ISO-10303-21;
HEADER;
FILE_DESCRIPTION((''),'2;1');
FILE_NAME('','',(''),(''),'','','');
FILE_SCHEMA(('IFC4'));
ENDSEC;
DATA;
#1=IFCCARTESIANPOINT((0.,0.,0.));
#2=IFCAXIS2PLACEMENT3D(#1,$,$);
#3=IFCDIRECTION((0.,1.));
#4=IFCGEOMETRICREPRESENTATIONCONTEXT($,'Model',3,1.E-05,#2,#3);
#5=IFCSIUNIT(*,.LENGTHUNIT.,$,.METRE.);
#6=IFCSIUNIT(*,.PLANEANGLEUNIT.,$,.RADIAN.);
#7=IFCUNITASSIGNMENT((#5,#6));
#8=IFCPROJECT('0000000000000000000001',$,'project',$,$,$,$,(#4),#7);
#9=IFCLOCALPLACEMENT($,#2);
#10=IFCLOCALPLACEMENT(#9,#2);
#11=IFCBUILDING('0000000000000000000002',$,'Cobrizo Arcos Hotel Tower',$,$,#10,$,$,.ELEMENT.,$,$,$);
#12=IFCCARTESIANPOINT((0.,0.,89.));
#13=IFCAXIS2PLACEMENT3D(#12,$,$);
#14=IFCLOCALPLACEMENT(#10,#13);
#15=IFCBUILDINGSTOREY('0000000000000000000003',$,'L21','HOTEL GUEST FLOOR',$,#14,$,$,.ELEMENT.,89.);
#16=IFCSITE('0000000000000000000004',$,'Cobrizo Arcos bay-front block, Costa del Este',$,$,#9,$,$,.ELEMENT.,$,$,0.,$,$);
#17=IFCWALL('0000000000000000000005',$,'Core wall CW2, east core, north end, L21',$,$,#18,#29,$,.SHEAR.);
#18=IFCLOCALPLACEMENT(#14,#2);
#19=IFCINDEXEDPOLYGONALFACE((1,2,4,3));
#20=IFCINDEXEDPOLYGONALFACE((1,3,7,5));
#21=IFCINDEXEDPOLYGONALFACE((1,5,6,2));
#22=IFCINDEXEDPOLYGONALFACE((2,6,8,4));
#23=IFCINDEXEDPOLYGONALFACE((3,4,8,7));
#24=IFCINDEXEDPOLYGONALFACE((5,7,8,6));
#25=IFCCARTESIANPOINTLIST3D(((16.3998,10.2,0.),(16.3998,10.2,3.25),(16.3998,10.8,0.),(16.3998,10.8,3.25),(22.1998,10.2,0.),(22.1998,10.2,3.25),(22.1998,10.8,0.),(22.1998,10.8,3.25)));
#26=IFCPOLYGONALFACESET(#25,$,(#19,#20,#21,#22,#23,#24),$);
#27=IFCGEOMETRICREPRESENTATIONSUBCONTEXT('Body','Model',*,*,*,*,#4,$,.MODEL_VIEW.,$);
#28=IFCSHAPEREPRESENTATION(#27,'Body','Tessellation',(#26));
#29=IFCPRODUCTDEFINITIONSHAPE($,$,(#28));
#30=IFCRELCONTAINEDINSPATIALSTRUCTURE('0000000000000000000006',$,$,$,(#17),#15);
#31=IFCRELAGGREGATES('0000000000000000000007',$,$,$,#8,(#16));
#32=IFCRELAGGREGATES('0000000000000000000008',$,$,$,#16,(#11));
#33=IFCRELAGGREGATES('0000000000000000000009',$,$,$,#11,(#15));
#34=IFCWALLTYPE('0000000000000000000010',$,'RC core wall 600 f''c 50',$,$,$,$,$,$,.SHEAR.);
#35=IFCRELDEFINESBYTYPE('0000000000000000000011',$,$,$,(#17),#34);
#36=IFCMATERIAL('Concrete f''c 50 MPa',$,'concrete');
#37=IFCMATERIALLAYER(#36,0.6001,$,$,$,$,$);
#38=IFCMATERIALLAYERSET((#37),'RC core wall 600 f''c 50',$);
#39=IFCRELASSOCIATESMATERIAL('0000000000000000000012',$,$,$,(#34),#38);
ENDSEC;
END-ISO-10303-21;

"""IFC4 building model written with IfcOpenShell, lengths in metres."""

from ifc_helpers import new_model, si_unit, direction, frame, frame_2d, origin, place, context, subcontext, project, spatial, rectangle, extrude, material, layer, layer_set, type_object, element, save


model = new_model("IFC4")

# Units and contexts
model_context = context("Model", 3, precision=1e-05, world=origin(), true_north=direction((0.0, 1.0)))
body_context = subcontext(model_context, "Body", "Model", "MODEL_VIEW")
ifc_project = project(units=[si_unit("LENGTHUNIT", "METRE"), si_unit("PLANEANGLEUNIT", "RADIAN")], contexts=[model_context])

# Site, building, storey
site_placement = place(None, origin())
site = spatial("IfcSite", under=ifc_project, at=site_placement, Name="Cobrizo Arcos bay-front block, Costa del Este", CompositionType="ELEMENT", RefElevation=0.0)
building_placement = place(site_placement, origin())
building = spatial("IfcBuilding", under=site, at=building_placement, Name="Cobrizo Arcos Hotel Tower", CompositionType="ELEMENT")
storey_placement = place(building_placement, frame((0.0, 0.0, 89.0)))
storey = spatial("IfcBuildingStorey", under=building, at=storey_placement, Name="L21", Description="HOTEL GUEST FLOOR", CompositionType="ELEMENT", Elevation=89.0)

# Wall
ifc_material_1 = material(Name="Concrete f'c 50 MPa", Category="concrete")
ifc_layer_1 = layer(ifc_material_1, 0.6001)
ifc_layer_set_1 = layer_set([ifc_layer_1], Name="RC core wall 600 f'c 50")
wall_type_1 = type_object("IfcWallType", Name="RC core wall 600 f'c 50", PredefinedType="SHEAR", material=ifc_layer_set_1)
wall_1_placement = place(storey_placement, frame((16.3999, 10.5, 0.0), z_axis=(0.0, 0.0, 1.0), x_axis=(1.0, 0.0, 0.0)))
element("IfcWall", 1, at=wall_1_placement, inside=storey, type_object=wall_type_1, Name="Core wall CW2, east core, north end, L21", PredefinedType="SHEAR", context=body_context, shape_type="SweptSolid", body=[
    extrude(rectangle(XDim=5.8, YDim=0.6001, at=frame_2d((2.8999, 0.0))), origin(), (0.0, 0.0, 1.0), 3.25),
])

save(model, "model.ifc")
